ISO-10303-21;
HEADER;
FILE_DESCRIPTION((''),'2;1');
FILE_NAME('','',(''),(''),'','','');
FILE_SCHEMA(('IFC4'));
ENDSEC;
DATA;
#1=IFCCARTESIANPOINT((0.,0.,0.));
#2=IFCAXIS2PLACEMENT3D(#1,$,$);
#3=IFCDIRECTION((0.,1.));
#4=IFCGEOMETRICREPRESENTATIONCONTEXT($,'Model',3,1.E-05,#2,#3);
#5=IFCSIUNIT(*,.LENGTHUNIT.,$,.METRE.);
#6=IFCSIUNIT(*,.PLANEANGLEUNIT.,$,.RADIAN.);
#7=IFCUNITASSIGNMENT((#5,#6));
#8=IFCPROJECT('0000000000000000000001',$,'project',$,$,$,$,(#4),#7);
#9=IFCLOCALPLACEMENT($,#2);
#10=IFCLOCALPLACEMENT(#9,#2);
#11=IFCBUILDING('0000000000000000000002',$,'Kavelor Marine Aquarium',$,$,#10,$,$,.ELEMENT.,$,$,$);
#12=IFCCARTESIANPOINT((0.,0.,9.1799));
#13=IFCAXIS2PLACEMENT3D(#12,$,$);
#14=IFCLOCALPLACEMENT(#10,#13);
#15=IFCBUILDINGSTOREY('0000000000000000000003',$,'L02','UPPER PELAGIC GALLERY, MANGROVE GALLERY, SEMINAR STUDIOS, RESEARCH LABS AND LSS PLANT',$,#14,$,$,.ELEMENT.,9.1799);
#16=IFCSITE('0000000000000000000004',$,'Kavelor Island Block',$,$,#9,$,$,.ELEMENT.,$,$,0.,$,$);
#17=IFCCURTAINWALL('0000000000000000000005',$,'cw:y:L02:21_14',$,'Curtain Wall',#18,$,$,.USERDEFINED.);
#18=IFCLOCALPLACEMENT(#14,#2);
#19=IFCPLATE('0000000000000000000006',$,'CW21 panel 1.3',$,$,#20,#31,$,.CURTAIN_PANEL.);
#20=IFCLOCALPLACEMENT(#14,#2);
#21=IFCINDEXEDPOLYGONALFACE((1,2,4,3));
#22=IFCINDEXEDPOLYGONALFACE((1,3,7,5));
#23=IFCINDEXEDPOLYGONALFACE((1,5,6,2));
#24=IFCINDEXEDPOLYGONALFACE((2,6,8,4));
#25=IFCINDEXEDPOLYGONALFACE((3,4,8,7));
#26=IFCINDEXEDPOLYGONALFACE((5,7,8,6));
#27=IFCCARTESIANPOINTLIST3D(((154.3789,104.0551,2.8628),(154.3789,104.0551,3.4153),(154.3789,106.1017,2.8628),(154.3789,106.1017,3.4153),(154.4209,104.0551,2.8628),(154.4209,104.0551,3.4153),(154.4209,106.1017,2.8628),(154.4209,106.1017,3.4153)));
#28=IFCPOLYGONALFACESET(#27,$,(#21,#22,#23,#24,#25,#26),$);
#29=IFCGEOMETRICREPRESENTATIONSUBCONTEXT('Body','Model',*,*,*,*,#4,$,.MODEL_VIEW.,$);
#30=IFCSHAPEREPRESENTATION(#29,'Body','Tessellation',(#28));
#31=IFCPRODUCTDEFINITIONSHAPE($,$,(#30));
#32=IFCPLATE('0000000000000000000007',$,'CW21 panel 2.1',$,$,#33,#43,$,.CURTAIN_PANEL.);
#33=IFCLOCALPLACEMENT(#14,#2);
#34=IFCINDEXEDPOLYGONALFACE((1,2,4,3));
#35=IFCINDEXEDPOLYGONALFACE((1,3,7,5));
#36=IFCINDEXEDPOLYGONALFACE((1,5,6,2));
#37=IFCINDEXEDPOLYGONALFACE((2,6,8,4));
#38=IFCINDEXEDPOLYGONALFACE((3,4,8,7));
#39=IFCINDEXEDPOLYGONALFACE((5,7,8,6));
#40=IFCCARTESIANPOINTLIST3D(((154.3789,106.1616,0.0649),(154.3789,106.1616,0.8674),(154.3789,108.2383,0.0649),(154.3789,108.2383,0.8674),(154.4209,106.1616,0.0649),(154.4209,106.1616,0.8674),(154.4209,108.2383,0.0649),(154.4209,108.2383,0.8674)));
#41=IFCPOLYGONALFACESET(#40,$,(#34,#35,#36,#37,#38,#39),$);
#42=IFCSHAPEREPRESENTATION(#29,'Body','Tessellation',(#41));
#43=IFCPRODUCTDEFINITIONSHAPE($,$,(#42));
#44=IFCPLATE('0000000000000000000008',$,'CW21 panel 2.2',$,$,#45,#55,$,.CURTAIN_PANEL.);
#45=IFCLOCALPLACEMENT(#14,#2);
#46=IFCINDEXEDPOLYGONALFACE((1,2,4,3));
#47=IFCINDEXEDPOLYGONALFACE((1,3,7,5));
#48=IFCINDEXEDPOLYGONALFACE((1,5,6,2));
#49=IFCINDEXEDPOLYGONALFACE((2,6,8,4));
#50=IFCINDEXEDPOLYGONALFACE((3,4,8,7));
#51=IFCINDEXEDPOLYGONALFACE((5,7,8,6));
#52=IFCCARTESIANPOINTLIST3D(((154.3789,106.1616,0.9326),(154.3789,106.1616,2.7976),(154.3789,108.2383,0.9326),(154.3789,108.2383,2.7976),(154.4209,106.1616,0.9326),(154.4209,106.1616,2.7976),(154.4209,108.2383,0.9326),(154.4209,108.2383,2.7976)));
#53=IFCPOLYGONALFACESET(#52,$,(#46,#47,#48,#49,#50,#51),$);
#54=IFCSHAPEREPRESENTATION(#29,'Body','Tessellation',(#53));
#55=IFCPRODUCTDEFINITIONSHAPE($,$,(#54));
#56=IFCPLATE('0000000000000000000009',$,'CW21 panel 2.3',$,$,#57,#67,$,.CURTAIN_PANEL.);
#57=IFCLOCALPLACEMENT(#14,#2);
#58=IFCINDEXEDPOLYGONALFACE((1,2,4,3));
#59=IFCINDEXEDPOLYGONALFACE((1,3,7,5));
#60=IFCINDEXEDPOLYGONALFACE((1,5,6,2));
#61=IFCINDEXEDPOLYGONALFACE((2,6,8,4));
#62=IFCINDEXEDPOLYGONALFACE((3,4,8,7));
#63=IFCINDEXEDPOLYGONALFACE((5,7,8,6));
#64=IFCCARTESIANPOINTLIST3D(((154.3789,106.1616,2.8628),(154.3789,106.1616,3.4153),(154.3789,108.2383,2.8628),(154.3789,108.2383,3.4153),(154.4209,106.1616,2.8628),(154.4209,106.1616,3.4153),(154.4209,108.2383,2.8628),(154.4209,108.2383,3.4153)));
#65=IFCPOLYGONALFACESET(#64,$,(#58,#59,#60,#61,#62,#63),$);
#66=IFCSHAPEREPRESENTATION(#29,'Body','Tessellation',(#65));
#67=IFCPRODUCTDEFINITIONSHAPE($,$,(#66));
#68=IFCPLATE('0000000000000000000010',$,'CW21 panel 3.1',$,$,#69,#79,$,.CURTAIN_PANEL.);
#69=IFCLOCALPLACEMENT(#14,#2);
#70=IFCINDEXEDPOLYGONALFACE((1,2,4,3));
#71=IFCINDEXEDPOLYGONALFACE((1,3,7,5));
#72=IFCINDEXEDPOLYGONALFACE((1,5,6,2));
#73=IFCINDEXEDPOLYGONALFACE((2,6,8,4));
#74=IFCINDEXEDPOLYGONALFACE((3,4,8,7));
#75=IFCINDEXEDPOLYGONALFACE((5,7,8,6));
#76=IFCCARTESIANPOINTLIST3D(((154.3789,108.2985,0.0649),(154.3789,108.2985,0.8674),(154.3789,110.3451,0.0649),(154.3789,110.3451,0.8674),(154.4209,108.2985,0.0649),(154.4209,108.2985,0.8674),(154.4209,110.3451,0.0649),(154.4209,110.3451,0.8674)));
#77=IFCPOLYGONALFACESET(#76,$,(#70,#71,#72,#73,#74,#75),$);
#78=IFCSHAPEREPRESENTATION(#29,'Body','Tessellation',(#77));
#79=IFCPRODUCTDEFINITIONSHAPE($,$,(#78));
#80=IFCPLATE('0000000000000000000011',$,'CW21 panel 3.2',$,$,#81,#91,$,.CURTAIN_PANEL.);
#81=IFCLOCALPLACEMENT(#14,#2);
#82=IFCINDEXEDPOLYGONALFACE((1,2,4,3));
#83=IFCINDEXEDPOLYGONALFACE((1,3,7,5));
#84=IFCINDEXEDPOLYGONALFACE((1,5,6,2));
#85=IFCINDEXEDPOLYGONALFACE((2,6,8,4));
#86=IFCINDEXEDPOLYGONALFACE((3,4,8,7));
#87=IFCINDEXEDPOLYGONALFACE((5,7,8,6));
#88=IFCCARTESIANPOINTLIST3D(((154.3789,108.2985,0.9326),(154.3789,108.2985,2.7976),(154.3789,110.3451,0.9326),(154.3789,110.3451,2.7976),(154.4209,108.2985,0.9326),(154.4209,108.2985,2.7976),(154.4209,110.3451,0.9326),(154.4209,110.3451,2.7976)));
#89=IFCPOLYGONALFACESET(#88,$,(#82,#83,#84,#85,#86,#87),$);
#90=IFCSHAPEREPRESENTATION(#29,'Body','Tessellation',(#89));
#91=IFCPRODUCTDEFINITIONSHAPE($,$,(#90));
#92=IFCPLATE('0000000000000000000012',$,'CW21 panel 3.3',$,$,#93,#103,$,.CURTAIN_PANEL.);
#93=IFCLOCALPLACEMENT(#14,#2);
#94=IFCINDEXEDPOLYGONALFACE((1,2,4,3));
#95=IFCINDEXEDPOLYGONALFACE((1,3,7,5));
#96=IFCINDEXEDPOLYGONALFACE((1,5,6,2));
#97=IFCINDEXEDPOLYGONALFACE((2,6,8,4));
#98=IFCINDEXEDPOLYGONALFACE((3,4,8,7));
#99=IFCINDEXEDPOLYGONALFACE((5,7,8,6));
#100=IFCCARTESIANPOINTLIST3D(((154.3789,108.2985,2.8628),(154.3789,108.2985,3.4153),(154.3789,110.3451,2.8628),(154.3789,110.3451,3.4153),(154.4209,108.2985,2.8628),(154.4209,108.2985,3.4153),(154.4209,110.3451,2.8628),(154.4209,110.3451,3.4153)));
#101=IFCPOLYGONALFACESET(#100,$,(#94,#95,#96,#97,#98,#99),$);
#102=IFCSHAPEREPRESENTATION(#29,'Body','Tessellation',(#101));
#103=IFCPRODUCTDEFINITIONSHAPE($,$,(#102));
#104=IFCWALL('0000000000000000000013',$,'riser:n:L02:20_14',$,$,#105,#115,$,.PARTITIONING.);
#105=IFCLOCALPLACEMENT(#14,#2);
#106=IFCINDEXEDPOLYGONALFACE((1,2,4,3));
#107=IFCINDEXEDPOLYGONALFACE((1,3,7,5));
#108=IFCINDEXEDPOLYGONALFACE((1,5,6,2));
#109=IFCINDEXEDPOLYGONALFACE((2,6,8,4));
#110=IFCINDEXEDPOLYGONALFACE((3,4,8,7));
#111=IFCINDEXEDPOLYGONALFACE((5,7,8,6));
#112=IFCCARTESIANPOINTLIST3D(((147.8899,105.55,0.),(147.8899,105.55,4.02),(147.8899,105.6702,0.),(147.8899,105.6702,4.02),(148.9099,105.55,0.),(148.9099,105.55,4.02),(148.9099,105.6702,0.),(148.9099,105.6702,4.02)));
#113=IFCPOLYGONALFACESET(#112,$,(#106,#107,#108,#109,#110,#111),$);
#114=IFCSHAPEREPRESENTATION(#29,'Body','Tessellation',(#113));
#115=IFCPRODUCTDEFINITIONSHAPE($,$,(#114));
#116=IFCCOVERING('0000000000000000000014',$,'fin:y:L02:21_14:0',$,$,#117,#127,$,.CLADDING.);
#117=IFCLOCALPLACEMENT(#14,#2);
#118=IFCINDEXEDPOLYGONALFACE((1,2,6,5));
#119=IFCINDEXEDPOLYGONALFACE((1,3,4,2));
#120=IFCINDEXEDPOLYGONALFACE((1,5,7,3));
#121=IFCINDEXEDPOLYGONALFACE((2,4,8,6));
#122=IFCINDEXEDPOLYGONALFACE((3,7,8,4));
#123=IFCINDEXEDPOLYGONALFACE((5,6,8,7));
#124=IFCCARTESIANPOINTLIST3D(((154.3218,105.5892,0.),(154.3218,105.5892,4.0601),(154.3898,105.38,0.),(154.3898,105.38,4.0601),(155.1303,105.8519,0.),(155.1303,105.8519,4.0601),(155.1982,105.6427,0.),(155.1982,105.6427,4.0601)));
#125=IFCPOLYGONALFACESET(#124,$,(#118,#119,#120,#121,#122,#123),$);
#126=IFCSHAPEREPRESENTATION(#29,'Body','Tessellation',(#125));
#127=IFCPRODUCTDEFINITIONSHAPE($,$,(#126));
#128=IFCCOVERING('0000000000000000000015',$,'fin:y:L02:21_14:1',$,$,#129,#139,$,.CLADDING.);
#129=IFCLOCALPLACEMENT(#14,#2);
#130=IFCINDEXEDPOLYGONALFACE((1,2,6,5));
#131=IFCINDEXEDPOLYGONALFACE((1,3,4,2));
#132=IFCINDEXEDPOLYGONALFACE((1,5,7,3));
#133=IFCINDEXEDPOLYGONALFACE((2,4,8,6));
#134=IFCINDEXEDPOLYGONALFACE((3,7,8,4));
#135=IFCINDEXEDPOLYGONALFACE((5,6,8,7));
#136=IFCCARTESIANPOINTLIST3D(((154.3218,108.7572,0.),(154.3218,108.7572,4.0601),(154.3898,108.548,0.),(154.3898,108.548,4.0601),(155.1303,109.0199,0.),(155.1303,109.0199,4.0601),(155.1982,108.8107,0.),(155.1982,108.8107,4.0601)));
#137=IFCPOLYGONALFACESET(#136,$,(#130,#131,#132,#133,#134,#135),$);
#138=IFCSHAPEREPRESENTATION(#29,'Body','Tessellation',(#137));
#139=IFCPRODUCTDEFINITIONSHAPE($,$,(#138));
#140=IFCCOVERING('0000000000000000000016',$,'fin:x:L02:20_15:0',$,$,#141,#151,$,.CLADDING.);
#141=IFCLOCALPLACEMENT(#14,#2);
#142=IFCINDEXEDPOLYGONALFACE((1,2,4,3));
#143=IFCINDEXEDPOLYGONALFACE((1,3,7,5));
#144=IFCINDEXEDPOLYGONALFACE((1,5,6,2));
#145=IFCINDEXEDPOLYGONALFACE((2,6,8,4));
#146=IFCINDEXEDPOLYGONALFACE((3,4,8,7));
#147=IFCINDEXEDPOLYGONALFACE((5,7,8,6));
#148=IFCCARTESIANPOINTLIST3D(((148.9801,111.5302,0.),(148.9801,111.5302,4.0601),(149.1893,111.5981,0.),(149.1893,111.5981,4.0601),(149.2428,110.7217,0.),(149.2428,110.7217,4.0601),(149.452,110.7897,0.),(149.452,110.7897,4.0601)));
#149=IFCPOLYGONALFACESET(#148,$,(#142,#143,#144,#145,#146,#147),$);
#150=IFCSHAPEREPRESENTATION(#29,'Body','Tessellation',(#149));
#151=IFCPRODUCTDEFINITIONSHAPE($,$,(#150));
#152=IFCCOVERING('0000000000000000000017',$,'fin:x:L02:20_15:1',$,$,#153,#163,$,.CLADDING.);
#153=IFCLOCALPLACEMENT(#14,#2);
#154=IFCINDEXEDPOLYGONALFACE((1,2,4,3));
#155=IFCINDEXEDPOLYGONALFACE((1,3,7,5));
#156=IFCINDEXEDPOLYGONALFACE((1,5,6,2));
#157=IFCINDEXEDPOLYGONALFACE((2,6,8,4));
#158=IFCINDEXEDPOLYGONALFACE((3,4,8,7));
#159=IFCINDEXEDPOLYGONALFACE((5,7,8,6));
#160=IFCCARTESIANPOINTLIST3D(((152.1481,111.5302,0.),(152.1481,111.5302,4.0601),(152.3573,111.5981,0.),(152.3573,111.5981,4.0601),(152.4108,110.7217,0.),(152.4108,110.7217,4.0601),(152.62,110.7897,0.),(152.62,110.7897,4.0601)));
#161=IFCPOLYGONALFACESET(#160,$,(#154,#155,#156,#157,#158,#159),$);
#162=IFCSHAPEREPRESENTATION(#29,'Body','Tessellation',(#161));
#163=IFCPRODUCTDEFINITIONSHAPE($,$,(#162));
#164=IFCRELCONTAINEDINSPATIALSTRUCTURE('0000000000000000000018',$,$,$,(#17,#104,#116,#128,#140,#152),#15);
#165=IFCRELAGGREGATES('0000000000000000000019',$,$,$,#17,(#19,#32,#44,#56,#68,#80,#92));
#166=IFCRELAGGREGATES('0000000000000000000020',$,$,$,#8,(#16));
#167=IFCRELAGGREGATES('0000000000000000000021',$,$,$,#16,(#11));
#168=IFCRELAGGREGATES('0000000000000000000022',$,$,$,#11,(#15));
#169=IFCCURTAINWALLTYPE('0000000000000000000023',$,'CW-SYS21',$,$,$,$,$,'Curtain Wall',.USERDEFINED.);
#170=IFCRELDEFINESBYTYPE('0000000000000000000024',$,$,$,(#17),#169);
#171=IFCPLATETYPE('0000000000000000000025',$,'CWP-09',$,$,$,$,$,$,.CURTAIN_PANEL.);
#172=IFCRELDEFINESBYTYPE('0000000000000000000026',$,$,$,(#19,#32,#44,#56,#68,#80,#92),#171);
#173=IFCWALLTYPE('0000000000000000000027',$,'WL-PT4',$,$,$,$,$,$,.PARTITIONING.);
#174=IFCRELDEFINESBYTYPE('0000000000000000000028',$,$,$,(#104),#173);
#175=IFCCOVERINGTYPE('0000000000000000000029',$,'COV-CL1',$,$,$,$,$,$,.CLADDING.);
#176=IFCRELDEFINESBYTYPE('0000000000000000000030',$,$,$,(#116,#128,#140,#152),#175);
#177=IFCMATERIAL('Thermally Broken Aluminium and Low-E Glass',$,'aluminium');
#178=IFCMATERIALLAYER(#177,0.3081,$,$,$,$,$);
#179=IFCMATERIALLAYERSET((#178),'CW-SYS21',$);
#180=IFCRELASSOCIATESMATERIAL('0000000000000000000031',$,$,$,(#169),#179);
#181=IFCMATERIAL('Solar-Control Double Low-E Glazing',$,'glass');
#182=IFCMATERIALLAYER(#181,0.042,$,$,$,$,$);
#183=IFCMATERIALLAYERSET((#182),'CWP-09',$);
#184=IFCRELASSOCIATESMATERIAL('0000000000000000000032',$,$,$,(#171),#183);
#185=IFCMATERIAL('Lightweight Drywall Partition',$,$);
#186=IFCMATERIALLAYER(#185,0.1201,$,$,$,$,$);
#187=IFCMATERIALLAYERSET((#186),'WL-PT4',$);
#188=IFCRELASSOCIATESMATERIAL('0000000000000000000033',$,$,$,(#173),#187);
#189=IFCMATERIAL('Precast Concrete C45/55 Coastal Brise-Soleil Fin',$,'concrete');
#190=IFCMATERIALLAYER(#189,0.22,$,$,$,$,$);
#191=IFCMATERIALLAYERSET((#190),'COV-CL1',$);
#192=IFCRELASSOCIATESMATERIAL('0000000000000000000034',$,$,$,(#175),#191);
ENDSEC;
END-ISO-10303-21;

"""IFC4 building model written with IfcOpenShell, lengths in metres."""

from ifc_helpers import new_model, si_unit, direction, frame, frame_2d, origin, origin_2d, place, context, subcontext, project, spatial, rectangle, extrude, material, layer, layer_set, type_object, element, aggregate, save


model = new_model("IFC4")

# Units and contexts
model_context = context("Model", 3, precision=1e-05, world=origin(), true_north=direction((0.0, 1.0)))
body_context = subcontext(model_context, "Body", "Model", "MODEL_VIEW")
ifc_project = project(units=[si_unit("LENGTHUNIT", "METRE"), si_unit("PLANEANGLEUNIT", "RADIAN")], contexts=[model_context])

# Site, building, storey
site_placement = place(None, origin())
site = spatial("IfcSite", under=ifc_project, at=site_placement, Name="Kavelor Island Block", CompositionType="ELEMENT", RefElevation=0.0)
building_placement = place(site_placement, origin())
building = spatial("IfcBuilding", under=site, at=building_placement, Name="Kavelor Marine Aquarium", CompositionType="ELEMENT")
storey_placement = place(building_placement, frame((0.0, 0.0, 9.1799)))
storey = spatial("IfcBuildingStorey", under=building, at=storey_placement, Name="L02", Description="UPPER PELAGIC GALLERY, MANGROVE GALLERY, SEMINAR STUDIOS, RESEARCH LABS AND LSS PLANT", CompositionType="ELEMENT", Elevation=9.1799)

# Curtain wall, plates
ifc_material_1 = material(Name="Thermally Broken Aluminium and Low-E Glass", Category="aluminium")
ifc_layer_1 = layer(ifc_material_1, 0.3081)
ifc_layer_set_1 = layer_set([ifc_layer_1], Name="CW-SYS21")
curtain_wall_type = type_object("IfcCurtainWallType", Name="CW-SYS21", ElementType="Curtain Wall", PredefinedType="USERDEFINED", material=ifc_layer_set_1)
curtain_wall_placement = place(storey_placement, origin())
curtain_wall = element("IfcCurtainWall", 1, at=curtain_wall_placement, inside=storey, type_object=curtain_wall_type, Name="cw:y:L02:21_14", ObjectType="Curtain Wall", PredefinedType="USERDEFINED")
ifc_material_2 = material(Name="Solar-Control Double Low-E Glazing", Category="glass")
ifc_layer_2 = layer(ifc_material_2, 0.042)
ifc_layer_set_2 = layer_set([ifc_layer_2], Name="CWP-09")
plate_type = type_object("IfcPlateType", Name="CWP-09", PredefinedType="CURTAIN_PANEL", material=ifc_layer_set_2)
plate_1_placement = place(storey_placement, frame((154.3999, 105.0784, 2.8628), z_axis=(0.0, 0.0, 1.0), x_axis=(0.0, 1.0, 0.0)))
plate_1 = element("IfcPlate", 2, at=plate_1_placement, type_object=plate_type, Name="CW21 panel 1.3", PredefinedType="CURTAIN_PANEL", context=body_context, shape_type="SweptSolid", body=[
    extrude(rectangle(XDim=2.0466, YDim=0.042, at=origin_2d()), origin(), (0.0, 0.0, 1.0), 0.5525),
])
plate_2_placement = place(storey_placement, frame((154.3999, 107.2, 0.0649), z_axis=(0.0, 0.0, 1.0), x_axis=(0.0, 1.0, 0.0)))
plate_2 = element("IfcPlate", 3, at=plate_2_placement, type_object=plate_type, Name="CW21 panel 2.1", PredefinedType="CURTAIN_PANEL", context=body_context, shape_type="SweptSolid", body=[
    extrude(rectangle(XDim=2.0767, YDim=0.042, at=origin_2d()), origin(), (0.0, 0.0, 1.0), 0.8025),
])
plate_3_placement = place(storey_placement, frame((154.3999, 107.2, 0.9326), z_axis=(0.0, 0.0, 1.0), x_axis=(0.0, 1.0, 0.0)))
plate_3 = element("IfcPlate", 4, at=plate_3_placement, type_object=plate_type, Name="CW21 panel 2.2", PredefinedType="CURTAIN_PANEL", context=body_context, shape_type="SweptSolid", body=[
    extrude(rectangle(XDim=2.0767, YDim=0.042, at=origin_2d()), origin(), (0.0, 0.0, 1.0), 1.865),
])
plate_4_placement = place(storey_placement, frame((154.3999, 107.2, 2.8628), z_axis=(0.0, 0.0, 1.0), x_axis=(0.0, 1.0, 0.0)))
plate_4 = element("IfcPlate", 5, at=plate_4_placement, type_object=plate_type, Name="CW21 panel 2.3", PredefinedType="CURTAIN_PANEL", context=body_context, shape_type="SweptSolid", body=[
    extrude(rectangle(XDim=2.0767, YDim=0.042, at=origin_2d()), origin(), (0.0, 0.0, 1.0), 0.5525),
])
plate_5_placement = place(storey_placement, frame((154.3999, 109.3218, 0.0649), z_axis=(0.0, 0.0, 1.0), x_axis=(0.0, 1.0, 0.0)))
plate_5 = element("IfcPlate", 6, at=plate_5_placement, type_object=plate_type, Name="CW21 panel 3.1", PredefinedType="CURTAIN_PANEL", context=body_context, shape_type="SweptSolid", body=[
    extrude(rectangle(XDim=2.0466, YDim=0.042, at=origin_2d()), origin(), (0.0, 0.0, 1.0), 0.8025),
])
plate_6_placement = place(storey_placement, frame((154.3999, 109.3218, 0.9326), z_axis=(0.0, 0.0, 1.0), x_axis=(0.0, 1.0, 0.0)))
plate_6 = element("IfcPlate", 7, at=plate_6_placement, type_object=plate_type, Name="CW21 panel 3.2", PredefinedType="CURTAIN_PANEL", context=body_context, shape_type="SweptSolid", body=[
    extrude(rectangle(XDim=2.0466, YDim=0.042, at=origin_2d()), origin(), (0.0, 0.0, 1.0), 1.865),
])
plate_7_placement = place(storey_placement, frame((154.3999, 109.3218, 2.8628), z_axis=(0.0, 0.0, 1.0), x_axis=(0.0, 1.0, 0.0)))
plate_7 = element("IfcPlate", 8, at=plate_7_placement, type_object=plate_type, Name="CW21 panel 3.3", PredefinedType="CURTAIN_PANEL", context=body_context, shape_type="SweptSolid", body=[
    extrude(rectangle(XDim=2.0466, YDim=0.042, at=origin_2d()), origin(), (0.0, 0.0, 1.0), 0.5525),
])
aggregate(curtain_wall, [plate_1, plate_2, plate_3, plate_4, plate_5, plate_6, plate_7])

# Wall
ifc_material_3 = material(Name="Lightweight Drywall Partition")
ifc_layer_3 = layer(ifc_material_3, 0.1201)
ifc_layer_set_3 = layer_set([ifc_layer_3], Name="WL-PT4")
wall_type = type_object("IfcWallType", Name="WL-PT4", PredefinedType="PARTITIONING", material=ifc_layer_set_3)
wall_placement = place(storey_placement, frame((147.8899, 105.6101, 0.0), z_axis=(0.0, 0.0, 1.0), x_axis=(1.0, 0.0, 0.0)))
element("IfcWall", 9, at=wall_placement, inside=storey, type_object=wall_type, Name="riser:n:L02:20_14", PredefinedType="PARTITIONING", context=body_context, shape_type="SweptSolid", body=[
    extrude(rectangle(XDim=1.02, YDim=0.1201, at=frame_2d((0.51, 0.0))), origin(), (0.0, 0.0, 1.0), 4.02),
])

# Coverings
ifc_material_4 = material(Name="Precast Concrete C45/55 Coastal Brise-Soleil Fin", Category="concrete")
ifc_layer_4 = layer(ifc_material_4, 0.22)
ifc_layer_set_4 = layer_set([ifc_layer_4], Name="COV-CL1")
covering_type = type_object("IfcCoveringType", Name="COV-CL1", PredefinedType="CLADDING", material=ifc_layer_set_4)
for number, where, z_axis, x_axis, name in (
    (10, (154.76, 105.616, 0.0), (0.0, 0.0, 1.0), (0.951057, 0.309017, 0.0), "fin:y:L02:21_14:0"),
    (11, (154.76, 108.7839, 0.0), (0.0, 0.0, 1.0), (0.951057, 0.309017, 0.0), "fin:y:L02:21_14:1"),
):
    element("IfcCovering", number, at=place(storey_placement, frame(where, z_axis=z_axis, x_axis=x_axis)), inside=storey, type_object=covering_type, Name=name, PredefinedType="CLADDING", context=body_context, shape_type="SweptSolid", body=[
        extrude(rectangle(XDim=0.8501, YDim=0.22, at=origin_2d()), origin(), (0.0, 0.0, 1.0), 4.0601),
    ])
for number, where, z_axis, x_axis, name in (
    (12, (149.2161, 111.1599, 0.0), (0.0, 0.0, 1.0), (0.951057, 0.309017, 0.0), "fin:x:L02:20_15:0"),
    (13, (152.384, 111.1599, 0.0), (0.0, 0.0, 1.0), (0.951057, 0.309017, 0.0), "fin:x:L02:20_15:1"),
):
    element("IfcCovering", number, at=place(storey_placement, frame(where, z_axis=z_axis, x_axis=x_axis)), inside=storey, type_object=covering_type, Name=name, PredefinedType="CLADDING", context=body_context, shape_type="SweptSolid", body=[
        extrude(rectangle(XDim=0.22, YDim=0.8501, at=origin_2d()), origin(), (0.0, 0.0, 1.0), 4.0601),
    ])

save(model, "model.ifc")
